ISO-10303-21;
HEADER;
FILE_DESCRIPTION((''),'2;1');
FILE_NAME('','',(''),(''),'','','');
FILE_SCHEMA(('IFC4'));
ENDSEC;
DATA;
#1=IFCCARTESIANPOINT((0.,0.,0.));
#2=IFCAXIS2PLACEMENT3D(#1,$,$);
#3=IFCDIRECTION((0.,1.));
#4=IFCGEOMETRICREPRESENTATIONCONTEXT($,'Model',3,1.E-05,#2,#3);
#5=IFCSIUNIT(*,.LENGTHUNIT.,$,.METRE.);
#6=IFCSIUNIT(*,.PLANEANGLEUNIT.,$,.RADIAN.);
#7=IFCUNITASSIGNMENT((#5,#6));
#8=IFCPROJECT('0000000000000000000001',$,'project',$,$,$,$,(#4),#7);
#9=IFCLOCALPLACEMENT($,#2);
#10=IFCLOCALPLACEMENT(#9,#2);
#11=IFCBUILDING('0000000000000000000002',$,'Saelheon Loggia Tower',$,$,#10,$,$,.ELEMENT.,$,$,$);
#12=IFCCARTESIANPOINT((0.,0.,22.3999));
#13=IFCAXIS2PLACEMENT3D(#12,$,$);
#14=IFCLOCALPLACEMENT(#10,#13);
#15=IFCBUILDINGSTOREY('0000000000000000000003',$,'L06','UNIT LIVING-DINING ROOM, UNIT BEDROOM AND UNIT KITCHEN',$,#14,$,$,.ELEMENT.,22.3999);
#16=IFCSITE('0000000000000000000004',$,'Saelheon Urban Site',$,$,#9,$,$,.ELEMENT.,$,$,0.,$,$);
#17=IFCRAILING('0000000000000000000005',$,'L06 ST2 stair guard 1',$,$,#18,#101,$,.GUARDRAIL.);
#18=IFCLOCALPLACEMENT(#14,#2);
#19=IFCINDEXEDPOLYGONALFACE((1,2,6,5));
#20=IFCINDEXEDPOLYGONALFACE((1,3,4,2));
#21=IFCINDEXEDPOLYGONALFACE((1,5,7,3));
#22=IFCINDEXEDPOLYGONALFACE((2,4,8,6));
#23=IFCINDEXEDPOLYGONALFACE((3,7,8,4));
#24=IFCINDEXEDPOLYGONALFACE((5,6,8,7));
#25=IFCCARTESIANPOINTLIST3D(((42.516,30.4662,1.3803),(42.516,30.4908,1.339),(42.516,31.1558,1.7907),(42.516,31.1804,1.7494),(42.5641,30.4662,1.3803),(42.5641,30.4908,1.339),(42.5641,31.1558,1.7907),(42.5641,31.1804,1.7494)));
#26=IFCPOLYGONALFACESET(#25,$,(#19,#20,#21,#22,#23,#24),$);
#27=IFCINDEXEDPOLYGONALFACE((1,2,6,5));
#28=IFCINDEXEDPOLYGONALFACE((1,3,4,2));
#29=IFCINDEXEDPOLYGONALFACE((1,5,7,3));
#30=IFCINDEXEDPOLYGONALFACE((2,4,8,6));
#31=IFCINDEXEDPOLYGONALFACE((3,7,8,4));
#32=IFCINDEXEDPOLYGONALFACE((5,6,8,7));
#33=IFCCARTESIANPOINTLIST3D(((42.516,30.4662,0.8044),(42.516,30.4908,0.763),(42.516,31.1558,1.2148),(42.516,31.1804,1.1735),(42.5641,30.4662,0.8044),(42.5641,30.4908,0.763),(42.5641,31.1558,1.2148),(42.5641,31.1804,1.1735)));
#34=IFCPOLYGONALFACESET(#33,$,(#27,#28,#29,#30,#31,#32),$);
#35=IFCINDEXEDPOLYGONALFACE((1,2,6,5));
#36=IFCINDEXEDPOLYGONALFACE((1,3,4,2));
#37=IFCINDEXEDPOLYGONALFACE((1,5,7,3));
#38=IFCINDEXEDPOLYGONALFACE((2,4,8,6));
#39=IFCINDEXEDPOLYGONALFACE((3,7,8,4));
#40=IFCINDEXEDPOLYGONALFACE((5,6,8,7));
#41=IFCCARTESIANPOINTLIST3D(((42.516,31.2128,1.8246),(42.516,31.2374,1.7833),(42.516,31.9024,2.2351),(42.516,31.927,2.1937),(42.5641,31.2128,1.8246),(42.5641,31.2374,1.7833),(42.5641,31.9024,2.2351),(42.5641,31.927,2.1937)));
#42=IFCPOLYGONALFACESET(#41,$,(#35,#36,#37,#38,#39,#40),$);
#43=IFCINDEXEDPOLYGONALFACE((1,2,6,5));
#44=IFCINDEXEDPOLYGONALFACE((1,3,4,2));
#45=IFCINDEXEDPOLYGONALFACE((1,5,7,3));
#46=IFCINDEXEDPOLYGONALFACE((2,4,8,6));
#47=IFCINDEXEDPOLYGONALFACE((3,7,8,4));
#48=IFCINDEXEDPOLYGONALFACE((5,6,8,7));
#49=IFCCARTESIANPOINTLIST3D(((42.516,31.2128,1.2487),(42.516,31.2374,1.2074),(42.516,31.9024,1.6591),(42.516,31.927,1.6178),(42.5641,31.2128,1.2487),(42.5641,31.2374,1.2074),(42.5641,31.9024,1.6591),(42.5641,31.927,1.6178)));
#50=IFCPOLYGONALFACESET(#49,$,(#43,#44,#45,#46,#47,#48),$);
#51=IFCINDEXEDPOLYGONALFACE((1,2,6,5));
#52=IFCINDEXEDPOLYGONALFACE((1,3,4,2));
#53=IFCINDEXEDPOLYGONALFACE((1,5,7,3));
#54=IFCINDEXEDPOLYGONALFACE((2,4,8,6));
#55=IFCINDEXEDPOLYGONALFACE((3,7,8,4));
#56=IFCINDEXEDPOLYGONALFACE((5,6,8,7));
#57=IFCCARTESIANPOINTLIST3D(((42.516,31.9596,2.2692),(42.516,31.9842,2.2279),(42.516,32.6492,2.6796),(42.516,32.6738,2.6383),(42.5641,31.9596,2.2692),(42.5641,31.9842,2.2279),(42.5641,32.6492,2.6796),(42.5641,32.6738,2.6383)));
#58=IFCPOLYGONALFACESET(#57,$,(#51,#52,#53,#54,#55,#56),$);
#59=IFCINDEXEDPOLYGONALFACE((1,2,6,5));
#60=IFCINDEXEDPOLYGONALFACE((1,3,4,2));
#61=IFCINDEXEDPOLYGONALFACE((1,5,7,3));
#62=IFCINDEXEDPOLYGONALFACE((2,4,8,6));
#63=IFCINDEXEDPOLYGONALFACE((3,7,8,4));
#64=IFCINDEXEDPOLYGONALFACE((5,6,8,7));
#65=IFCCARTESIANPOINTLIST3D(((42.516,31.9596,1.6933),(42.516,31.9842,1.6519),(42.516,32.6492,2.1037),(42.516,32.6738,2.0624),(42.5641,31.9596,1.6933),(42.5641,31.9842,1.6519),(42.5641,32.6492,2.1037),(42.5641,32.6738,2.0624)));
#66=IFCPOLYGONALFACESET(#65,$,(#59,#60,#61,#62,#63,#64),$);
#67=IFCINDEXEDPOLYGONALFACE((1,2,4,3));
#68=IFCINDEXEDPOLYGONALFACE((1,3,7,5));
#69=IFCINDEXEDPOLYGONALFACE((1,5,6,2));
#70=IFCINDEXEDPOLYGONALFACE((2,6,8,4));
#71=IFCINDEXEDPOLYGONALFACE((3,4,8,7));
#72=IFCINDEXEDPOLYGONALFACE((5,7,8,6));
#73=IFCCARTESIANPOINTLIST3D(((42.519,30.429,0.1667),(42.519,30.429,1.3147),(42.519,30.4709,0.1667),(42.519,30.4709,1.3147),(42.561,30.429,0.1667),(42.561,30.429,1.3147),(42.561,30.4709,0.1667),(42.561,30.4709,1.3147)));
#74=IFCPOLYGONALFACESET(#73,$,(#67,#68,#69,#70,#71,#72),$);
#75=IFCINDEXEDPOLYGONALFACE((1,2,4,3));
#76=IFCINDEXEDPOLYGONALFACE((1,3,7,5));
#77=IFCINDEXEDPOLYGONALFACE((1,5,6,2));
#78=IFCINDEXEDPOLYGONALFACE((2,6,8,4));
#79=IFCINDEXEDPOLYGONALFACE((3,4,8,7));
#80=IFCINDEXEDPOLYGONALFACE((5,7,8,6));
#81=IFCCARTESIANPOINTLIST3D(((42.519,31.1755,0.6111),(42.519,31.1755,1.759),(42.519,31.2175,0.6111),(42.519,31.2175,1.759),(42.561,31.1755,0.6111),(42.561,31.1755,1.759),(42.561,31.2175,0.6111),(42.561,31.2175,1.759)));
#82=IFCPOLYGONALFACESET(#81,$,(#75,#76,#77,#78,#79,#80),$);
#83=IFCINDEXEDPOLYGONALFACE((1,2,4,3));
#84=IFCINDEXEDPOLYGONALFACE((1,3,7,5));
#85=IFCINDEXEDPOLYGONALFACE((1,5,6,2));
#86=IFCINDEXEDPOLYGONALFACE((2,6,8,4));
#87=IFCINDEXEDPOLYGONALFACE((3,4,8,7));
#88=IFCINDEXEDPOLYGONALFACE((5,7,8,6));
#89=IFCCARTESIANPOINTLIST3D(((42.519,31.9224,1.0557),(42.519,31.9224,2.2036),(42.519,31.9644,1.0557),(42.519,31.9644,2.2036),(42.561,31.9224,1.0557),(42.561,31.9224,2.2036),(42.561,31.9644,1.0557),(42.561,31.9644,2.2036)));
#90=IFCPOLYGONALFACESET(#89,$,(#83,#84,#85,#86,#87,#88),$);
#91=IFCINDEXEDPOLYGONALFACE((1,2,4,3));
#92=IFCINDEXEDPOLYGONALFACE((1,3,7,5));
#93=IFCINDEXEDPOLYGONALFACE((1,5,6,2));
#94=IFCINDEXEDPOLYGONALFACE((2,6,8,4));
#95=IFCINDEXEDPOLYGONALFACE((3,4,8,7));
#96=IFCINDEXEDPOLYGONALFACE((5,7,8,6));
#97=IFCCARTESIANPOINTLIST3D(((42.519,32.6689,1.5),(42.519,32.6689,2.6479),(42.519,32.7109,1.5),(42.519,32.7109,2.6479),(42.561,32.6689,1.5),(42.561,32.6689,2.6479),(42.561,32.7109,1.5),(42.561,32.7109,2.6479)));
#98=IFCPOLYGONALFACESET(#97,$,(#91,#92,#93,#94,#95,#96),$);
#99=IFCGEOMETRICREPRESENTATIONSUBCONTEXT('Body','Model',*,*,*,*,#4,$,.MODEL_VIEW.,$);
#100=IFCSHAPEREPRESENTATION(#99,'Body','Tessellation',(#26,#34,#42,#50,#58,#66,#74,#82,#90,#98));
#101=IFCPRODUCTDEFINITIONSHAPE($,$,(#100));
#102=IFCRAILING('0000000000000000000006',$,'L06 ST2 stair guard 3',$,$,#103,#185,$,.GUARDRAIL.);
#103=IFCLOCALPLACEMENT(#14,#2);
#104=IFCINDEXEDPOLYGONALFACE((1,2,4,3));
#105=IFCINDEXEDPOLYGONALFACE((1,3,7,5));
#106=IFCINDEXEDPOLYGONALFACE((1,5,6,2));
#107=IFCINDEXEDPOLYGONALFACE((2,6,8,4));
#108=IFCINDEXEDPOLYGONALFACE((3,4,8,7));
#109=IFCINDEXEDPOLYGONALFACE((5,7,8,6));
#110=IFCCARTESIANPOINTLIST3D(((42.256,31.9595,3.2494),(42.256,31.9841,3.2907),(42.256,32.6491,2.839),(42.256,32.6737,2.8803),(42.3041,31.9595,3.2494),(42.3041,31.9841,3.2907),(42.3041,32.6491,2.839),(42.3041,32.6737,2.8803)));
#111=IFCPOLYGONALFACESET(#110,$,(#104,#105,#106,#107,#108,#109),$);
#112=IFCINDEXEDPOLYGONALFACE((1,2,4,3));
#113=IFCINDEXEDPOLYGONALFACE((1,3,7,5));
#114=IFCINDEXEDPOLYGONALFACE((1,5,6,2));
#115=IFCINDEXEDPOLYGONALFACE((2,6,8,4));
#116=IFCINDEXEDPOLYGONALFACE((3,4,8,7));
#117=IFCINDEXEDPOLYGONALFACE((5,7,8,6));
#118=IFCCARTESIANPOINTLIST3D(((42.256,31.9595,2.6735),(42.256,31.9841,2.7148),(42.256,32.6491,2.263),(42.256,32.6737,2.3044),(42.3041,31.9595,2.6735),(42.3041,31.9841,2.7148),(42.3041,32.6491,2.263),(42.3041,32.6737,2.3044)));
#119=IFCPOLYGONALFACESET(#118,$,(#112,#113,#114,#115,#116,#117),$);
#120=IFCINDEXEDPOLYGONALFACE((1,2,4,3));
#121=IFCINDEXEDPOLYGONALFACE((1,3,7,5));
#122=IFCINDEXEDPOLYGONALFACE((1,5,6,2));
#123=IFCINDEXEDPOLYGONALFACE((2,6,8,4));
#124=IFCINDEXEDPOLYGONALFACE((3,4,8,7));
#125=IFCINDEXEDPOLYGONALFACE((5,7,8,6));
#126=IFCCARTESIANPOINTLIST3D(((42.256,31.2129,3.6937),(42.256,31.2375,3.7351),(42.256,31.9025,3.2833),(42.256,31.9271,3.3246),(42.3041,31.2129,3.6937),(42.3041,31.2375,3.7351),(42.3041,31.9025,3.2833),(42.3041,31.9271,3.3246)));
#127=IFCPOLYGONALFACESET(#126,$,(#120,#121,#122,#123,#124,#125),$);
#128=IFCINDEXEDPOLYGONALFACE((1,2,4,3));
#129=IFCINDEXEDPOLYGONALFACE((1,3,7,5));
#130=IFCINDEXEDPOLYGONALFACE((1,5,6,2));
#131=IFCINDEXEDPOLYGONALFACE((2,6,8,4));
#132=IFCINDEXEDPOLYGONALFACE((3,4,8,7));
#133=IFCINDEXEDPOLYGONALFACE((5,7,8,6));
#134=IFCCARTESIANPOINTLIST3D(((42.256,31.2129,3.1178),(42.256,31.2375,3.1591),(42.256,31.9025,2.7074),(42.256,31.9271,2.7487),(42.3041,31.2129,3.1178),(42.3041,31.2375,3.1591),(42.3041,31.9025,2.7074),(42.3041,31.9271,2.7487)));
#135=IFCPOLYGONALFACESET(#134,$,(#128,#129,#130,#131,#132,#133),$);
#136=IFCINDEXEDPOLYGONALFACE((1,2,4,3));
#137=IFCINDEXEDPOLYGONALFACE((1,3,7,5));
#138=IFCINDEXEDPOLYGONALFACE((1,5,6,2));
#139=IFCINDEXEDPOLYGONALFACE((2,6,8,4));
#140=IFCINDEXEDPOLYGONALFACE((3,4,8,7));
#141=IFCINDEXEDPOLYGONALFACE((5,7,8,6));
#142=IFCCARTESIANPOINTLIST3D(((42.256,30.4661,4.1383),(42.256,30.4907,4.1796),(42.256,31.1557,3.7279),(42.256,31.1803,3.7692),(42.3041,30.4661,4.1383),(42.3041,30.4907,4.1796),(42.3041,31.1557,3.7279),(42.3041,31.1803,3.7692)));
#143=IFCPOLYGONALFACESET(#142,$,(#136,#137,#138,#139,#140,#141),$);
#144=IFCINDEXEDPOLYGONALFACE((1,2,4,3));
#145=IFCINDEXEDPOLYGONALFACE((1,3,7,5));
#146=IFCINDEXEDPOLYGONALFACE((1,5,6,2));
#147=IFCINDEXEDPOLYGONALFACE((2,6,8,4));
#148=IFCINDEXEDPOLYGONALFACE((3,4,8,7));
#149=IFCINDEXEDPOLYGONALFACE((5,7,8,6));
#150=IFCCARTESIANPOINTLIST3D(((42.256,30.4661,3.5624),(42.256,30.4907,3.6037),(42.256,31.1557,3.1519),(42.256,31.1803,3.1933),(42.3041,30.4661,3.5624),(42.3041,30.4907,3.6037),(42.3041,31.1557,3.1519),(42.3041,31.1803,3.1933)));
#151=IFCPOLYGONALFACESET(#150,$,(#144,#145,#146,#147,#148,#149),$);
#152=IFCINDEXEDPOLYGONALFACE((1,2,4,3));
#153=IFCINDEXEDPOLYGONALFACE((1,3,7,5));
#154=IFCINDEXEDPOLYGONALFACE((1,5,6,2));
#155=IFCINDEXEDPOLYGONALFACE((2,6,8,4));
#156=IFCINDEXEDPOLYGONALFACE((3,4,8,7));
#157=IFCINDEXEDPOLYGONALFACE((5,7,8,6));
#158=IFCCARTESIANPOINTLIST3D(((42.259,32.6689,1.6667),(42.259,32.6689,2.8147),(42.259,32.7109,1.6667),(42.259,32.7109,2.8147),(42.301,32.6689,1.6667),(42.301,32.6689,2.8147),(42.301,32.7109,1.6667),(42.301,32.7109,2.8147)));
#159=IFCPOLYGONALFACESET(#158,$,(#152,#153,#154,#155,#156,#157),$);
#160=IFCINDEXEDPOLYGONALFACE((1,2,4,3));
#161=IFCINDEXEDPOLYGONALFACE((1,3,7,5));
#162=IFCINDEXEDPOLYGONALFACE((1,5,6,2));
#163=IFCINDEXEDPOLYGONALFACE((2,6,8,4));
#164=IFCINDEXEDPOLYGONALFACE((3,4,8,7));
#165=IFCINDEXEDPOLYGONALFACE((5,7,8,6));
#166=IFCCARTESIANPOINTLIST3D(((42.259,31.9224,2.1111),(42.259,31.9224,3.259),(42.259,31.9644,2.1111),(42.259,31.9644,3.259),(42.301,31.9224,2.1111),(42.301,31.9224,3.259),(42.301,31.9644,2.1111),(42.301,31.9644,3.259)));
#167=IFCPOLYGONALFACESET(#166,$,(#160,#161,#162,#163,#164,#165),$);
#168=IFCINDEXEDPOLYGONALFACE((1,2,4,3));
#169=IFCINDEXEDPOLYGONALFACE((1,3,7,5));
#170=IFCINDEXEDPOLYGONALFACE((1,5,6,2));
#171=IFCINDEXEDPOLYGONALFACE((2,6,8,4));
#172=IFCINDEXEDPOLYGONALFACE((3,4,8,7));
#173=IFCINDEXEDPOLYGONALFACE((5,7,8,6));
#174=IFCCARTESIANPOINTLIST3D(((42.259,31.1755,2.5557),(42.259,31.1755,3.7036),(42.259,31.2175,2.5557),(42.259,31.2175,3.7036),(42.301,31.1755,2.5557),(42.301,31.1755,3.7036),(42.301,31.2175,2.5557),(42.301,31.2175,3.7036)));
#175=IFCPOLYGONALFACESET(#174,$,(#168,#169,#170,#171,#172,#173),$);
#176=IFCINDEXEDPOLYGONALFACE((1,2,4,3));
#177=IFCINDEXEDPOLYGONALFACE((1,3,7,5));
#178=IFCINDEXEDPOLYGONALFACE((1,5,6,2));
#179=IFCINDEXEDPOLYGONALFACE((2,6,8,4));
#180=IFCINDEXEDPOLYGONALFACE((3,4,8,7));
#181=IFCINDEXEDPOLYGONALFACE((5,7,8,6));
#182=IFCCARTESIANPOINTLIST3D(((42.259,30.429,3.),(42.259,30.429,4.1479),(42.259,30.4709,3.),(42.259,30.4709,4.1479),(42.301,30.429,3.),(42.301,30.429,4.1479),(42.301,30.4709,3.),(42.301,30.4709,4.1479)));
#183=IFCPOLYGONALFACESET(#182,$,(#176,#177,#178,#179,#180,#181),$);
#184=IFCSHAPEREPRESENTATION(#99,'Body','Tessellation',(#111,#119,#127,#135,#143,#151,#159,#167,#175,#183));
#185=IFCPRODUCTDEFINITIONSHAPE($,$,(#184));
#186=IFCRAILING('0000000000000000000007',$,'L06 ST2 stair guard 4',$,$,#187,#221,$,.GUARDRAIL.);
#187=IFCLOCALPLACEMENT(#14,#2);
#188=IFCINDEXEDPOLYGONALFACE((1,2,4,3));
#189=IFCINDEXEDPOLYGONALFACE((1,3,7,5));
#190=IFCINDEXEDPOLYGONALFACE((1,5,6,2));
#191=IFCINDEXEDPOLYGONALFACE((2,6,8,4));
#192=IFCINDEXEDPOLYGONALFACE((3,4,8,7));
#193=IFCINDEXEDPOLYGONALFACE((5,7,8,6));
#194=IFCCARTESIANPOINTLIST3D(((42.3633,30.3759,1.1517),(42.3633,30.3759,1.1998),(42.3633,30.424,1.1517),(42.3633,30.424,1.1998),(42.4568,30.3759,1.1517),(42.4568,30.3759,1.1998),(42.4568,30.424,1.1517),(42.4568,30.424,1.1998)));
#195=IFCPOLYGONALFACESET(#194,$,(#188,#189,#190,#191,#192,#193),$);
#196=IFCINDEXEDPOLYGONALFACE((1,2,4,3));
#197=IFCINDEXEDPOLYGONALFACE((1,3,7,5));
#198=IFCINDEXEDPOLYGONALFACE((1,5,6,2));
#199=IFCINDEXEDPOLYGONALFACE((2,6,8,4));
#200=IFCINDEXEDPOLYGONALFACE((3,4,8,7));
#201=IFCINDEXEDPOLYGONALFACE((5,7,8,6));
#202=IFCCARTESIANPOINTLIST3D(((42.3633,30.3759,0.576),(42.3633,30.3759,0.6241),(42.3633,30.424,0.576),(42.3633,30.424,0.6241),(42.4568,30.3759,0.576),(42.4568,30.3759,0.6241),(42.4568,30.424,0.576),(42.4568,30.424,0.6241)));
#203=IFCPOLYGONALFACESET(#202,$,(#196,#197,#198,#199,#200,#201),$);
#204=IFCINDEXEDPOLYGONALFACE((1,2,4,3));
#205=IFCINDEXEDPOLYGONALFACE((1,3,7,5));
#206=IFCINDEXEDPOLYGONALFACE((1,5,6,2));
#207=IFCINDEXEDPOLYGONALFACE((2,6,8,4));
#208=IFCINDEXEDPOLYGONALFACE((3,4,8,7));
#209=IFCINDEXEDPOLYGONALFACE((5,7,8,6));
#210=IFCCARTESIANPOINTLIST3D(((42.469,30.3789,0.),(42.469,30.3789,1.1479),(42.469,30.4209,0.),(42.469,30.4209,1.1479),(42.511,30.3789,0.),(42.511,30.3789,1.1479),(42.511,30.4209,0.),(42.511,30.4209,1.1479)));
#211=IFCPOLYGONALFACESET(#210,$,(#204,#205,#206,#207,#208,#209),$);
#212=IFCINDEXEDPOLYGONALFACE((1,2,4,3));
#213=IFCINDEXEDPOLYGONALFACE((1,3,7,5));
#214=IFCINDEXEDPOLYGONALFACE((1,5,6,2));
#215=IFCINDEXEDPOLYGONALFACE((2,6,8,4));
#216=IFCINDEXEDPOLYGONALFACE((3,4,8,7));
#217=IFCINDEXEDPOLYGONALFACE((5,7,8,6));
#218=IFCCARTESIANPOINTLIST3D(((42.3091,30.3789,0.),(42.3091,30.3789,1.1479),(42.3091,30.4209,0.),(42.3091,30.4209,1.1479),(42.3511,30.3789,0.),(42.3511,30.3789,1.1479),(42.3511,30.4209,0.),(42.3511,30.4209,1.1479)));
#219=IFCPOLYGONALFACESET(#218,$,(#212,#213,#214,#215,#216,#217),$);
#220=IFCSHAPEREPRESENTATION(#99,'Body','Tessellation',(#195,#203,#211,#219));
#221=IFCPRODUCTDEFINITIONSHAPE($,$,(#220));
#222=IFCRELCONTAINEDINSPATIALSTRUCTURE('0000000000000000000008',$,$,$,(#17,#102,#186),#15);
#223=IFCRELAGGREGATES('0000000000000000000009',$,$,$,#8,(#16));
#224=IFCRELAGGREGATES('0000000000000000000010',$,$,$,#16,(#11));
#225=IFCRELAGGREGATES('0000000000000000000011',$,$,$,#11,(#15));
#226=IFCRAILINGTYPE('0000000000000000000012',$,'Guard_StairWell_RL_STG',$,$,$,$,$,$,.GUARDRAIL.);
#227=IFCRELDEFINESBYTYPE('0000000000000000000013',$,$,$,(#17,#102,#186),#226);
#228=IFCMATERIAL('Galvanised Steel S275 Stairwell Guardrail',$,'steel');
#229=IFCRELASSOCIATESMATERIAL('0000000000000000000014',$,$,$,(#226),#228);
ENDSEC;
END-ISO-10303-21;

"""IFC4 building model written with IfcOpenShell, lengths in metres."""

from ifc_helpers import new_model, si_unit, direction, frame, origin, origin_2d, place, context, subcontext, project, spatial, rectangle, extrude, material, type_object, element, save


model = new_model("IFC4")

# Units and contexts
model_context = context("Model", 3, precision=1e-05, world=origin(), true_north=direction((0.0, 1.0)))
body_context = subcontext(model_context, "Body", "Model", "MODEL_VIEW")
ifc_project = project(units=[si_unit("LENGTHUNIT", "METRE"), si_unit("PLANEANGLEUNIT", "RADIAN")], contexts=[model_context])

# Site, building, storey
site_placement = place(None, origin())
site = spatial("IfcSite", under=ifc_project, at=site_placement, Name="Saelheon Urban Site", CompositionType="ELEMENT", RefElevation=0.0)
building_placement = place(site_placement, origin())
building = spatial("IfcBuilding", under=site, at=building_placement, Name="Saelheon Loggia Tower", CompositionType="ELEMENT")
storey_placement = place(building_placement, frame((0.0, 0.0, 22.3999)))
storey = spatial("IfcBuildingStorey", under=building, at=storey_placement, Name="L06", Description="UNIT LIVING-DINING ROOM, UNIT BEDROOM AND UNIT KITCHEN", CompositionType="ELEMENT", Elevation=22.3999)

# Railings
ifc_material_1 = material(Name="Galvanised Steel S275 Stairwell Guardrail", Category="steel")
railing_type_1 = type_object("IfcRailingType", Name="Guard_StairWell_RL_STG", PredefinedType="GUARDRAIL", material=ifc_material_1)
railing_1_placement = place(storey_placement, frame((42.54, 30.45, 0.1667)))
element("IfcRailing", 1, at=railing_1_placement, inside=storey, type_object=railing_type_1, Name="L06 ST2 stair guard 1", PredefinedType="GUARDRAIL", context=body_context, shape_type="SweptSolid", body=[
    extrude(rectangle(XDim=0.0481, YDim=0.0481, at=origin_2d()), frame((0.0, 0.0286, 1.1929), z_axis=(0.0, 0.859306, 0.511462), x_axis=(-1.0, 0.0, 0.0)), (0.0, 0.0, 1.0), 0.8025),
    extrude(rectangle(XDim=0.0481, YDim=0.0481, at=origin_2d()), frame((0.0, 0.0286, 0.6169), z_axis=(0.0, 0.859306, 0.511462), x_axis=(-1.0, 0.0, 0.0)), (0.0, 0.0, 1.0), 0.8025),
    extrude(rectangle(XDim=0.0481, YDim=0.0481, at=origin_2d()), frame((0.0, 0.7751, 1.6372), z_axis=(0.0, 0.859306, 0.511462), x_axis=(-1.0, 0.0, 0.0)), (0.0, 0.0, 1.0), 0.8025),
    extrude(rectangle(XDim=0.0481, YDim=0.0481, at=origin_2d()), frame((0.0, 0.7751, 1.0613), z_axis=(0.0, 0.859306, 0.511462), x_axis=(-1.0, 0.0, 0.0)), (0.0, 0.0, 1.0), 0.8025),
    extrude(rectangle(XDim=0.0481, YDim=0.0481, at=origin_2d()), frame((0.0, 1.522, 2.0818), z_axis=(0.0, 0.859306, 0.511462), x_axis=(-1.0, 0.0, 0.0)), (0.0, 0.0, 1.0), 0.8025),
    extrude(rectangle(XDim=0.0481, YDim=0.0481, at=origin_2d()), frame((0.0, 1.522, 1.5059), z_axis=(0.0, 0.859306, 0.511462), x_axis=(-1.0, 0.0, 0.0)), (0.0, 0.0, 1.0), 0.8025),
    extrude(rectangle(XDim=0.042, YDim=0.042, at=origin_2d()), origin(), (0.0, 0.0, 1.0), 1.1479),
    extrude(rectangle(XDim=0.042, YDim=0.042, at=origin_2d()), frame((0.0, 0.7466, 0.4443)), (0.0, 0.0, 1.0), 1.1479),
    extrude(rectangle(XDim=0.042, YDim=0.042, at=origin_2d()), frame((0.0, 1.4934, 0.8889)), (0.0, 0.0, 1.0), 1.1479),
    extrude(rectangle(XDim=0.042, YDim=0.042, at=origin_2d()), frame((0.0, 2.24, 1.3333)), (0.0, 0.0, 1.0), 1.1479),
])
railing_2_placement = place(storey_placement, frame((42.28, 32.6899, 1.6667)))
element("IfcRailing", 2, at=railing_2_placement, inside=storey, type_object=railing_type_1, Name="L06 ST2 stair guard 3", PredefinedType="GUARDRAIL", context=body_context, shape_type="SweptSolid", body=[
    extrude(rectangle(XDim=0.0481, YDim=0.0481, at=origin_2d()), frame((0.0, -0.0286, 1.1929), z_axis=(0.0, -0.859306, 0.511462), x_axis=(1.0, 0.0, 0.0)), (0.0, 0.0, 1.0), 0.8025),
    extrude(rectangle(XDim=0.0481, YDim=0.0481, at=origin_2d()), frame((0.0, -0.0286, 0.6169), z_axis=(0.0, -0.859306, 0.511462), x_axis=(1.0, 0.0, 0.0)), (0.0, 0.0, 1.0), 0.8025),
    extrude(rectangle(XDim=0.0481, YDim=0.0481, at=origin_2d()), frame((0.0, -0.7751, 1.6372), z_axis=(0.0, -0.859306, 0.511462), x_axis=(1.0, 0.0, 0.0)), (0.0, 0.0, 1.0), 0.8025),
    extrude(rectangle(XDim=0.0481, YDim=0.0481, at=origin_2d()), frame((0.0, -0.7751, 1.0613), z_axis=(0.0, -0.859306, 0.511462), x_axis=(1.0, 0.0, 0.0)), (0.0, 0.0, 1.0), 0.8025),
    extrude(rectangle(XDim=0.0481, YDim=0.0481, at=origin_2d()), frame((0.0, -1.522, 2.0818), z_axis=(0.0, -0.859306, 0.511462), x_axis=(1.0, 0.0, 0.0)), (0.0, 0.0, 1.0), 0.8025),
    extrude(rectangle(XDim=0.0481, YDim=0.0481, at=origin_2d()), frame((0.0, -1.522, 1.5059), z_axis=(0.0, -0.859306, 0.511462), x_axis=(1.0, 0.0, 0.0)), (0.0, 0.0, 1.0), 0.8025),
    extrude(rectangle(XDim=0.042, YDim=0.042, at=origin_2d()), origin(), (0.0, 0.0, 1.0), 1.1479),
    extrude(rectangle(XDim=0.042, YDim=0.042, at=origin_2d()), frame((0.0, -0.7466, 0.4443)), (0.0, 0.0, 1.0), 1.1479),
    extrude(rectangle(XDim=0.042, YDim=0.042, at=origin_2d()), frame((0.0, -1.4934, 0.8889)), (0.0, 0.0, 1.0), 1.1479),
    extrude(rectangle(XDim=0.042, YDim=0.042, at=origin_2d()), frame((0.0, -2.24, 1.3333)), (0.0, 0.0, 1.0), 1.1479),
])
railing_3_placement = place(storey_placement, frame((42.49, 30.3999, 0.0)))
element("IfcRailing", 3, at=railing_3_placement, inside=storey, type_object=railing_type_1, Name="L06 ST2 stair guard 4", PredefinedType="GUARDRAIL", context=body_context, shape_type="SweptSolid", body=[
    extrude(rectangle(XDim=0.0481, YDim=0.0481, at=origin_2d()), frame((-0.0332, 0.0, 1.1758), z_axis=(-1.0, 0.0, 0.0), x_axis=(0.0, -1.0, 0.0)), (0.0, 0.0, 1.0), 0.0935),
    extrude(rectangle(XDim=0.0481, YDim=0.0481, at=origin_2d()), frame((-0.0332, 0.0, 0.6001), z_axis=(-1.0, 0.0, 0.0), x_axis=(0.0, -1.0, 0.0)), (0.0, 0.0, 1.0), 0.0935),
    extrude(rectangle(XDim=0.042, YDim=0.042, at=origin_2d()), origin(), (0.0, 0.0, 1.0), 1.1479),
    extrude(rectangle(XDim=0.042, YDim=0.042, at=origin_2d()), frame((-0.1599, 0.0, 0.0)), (0.0, 0.0, 1.0), 1.1479),
])

save(model, "model.ifc")
